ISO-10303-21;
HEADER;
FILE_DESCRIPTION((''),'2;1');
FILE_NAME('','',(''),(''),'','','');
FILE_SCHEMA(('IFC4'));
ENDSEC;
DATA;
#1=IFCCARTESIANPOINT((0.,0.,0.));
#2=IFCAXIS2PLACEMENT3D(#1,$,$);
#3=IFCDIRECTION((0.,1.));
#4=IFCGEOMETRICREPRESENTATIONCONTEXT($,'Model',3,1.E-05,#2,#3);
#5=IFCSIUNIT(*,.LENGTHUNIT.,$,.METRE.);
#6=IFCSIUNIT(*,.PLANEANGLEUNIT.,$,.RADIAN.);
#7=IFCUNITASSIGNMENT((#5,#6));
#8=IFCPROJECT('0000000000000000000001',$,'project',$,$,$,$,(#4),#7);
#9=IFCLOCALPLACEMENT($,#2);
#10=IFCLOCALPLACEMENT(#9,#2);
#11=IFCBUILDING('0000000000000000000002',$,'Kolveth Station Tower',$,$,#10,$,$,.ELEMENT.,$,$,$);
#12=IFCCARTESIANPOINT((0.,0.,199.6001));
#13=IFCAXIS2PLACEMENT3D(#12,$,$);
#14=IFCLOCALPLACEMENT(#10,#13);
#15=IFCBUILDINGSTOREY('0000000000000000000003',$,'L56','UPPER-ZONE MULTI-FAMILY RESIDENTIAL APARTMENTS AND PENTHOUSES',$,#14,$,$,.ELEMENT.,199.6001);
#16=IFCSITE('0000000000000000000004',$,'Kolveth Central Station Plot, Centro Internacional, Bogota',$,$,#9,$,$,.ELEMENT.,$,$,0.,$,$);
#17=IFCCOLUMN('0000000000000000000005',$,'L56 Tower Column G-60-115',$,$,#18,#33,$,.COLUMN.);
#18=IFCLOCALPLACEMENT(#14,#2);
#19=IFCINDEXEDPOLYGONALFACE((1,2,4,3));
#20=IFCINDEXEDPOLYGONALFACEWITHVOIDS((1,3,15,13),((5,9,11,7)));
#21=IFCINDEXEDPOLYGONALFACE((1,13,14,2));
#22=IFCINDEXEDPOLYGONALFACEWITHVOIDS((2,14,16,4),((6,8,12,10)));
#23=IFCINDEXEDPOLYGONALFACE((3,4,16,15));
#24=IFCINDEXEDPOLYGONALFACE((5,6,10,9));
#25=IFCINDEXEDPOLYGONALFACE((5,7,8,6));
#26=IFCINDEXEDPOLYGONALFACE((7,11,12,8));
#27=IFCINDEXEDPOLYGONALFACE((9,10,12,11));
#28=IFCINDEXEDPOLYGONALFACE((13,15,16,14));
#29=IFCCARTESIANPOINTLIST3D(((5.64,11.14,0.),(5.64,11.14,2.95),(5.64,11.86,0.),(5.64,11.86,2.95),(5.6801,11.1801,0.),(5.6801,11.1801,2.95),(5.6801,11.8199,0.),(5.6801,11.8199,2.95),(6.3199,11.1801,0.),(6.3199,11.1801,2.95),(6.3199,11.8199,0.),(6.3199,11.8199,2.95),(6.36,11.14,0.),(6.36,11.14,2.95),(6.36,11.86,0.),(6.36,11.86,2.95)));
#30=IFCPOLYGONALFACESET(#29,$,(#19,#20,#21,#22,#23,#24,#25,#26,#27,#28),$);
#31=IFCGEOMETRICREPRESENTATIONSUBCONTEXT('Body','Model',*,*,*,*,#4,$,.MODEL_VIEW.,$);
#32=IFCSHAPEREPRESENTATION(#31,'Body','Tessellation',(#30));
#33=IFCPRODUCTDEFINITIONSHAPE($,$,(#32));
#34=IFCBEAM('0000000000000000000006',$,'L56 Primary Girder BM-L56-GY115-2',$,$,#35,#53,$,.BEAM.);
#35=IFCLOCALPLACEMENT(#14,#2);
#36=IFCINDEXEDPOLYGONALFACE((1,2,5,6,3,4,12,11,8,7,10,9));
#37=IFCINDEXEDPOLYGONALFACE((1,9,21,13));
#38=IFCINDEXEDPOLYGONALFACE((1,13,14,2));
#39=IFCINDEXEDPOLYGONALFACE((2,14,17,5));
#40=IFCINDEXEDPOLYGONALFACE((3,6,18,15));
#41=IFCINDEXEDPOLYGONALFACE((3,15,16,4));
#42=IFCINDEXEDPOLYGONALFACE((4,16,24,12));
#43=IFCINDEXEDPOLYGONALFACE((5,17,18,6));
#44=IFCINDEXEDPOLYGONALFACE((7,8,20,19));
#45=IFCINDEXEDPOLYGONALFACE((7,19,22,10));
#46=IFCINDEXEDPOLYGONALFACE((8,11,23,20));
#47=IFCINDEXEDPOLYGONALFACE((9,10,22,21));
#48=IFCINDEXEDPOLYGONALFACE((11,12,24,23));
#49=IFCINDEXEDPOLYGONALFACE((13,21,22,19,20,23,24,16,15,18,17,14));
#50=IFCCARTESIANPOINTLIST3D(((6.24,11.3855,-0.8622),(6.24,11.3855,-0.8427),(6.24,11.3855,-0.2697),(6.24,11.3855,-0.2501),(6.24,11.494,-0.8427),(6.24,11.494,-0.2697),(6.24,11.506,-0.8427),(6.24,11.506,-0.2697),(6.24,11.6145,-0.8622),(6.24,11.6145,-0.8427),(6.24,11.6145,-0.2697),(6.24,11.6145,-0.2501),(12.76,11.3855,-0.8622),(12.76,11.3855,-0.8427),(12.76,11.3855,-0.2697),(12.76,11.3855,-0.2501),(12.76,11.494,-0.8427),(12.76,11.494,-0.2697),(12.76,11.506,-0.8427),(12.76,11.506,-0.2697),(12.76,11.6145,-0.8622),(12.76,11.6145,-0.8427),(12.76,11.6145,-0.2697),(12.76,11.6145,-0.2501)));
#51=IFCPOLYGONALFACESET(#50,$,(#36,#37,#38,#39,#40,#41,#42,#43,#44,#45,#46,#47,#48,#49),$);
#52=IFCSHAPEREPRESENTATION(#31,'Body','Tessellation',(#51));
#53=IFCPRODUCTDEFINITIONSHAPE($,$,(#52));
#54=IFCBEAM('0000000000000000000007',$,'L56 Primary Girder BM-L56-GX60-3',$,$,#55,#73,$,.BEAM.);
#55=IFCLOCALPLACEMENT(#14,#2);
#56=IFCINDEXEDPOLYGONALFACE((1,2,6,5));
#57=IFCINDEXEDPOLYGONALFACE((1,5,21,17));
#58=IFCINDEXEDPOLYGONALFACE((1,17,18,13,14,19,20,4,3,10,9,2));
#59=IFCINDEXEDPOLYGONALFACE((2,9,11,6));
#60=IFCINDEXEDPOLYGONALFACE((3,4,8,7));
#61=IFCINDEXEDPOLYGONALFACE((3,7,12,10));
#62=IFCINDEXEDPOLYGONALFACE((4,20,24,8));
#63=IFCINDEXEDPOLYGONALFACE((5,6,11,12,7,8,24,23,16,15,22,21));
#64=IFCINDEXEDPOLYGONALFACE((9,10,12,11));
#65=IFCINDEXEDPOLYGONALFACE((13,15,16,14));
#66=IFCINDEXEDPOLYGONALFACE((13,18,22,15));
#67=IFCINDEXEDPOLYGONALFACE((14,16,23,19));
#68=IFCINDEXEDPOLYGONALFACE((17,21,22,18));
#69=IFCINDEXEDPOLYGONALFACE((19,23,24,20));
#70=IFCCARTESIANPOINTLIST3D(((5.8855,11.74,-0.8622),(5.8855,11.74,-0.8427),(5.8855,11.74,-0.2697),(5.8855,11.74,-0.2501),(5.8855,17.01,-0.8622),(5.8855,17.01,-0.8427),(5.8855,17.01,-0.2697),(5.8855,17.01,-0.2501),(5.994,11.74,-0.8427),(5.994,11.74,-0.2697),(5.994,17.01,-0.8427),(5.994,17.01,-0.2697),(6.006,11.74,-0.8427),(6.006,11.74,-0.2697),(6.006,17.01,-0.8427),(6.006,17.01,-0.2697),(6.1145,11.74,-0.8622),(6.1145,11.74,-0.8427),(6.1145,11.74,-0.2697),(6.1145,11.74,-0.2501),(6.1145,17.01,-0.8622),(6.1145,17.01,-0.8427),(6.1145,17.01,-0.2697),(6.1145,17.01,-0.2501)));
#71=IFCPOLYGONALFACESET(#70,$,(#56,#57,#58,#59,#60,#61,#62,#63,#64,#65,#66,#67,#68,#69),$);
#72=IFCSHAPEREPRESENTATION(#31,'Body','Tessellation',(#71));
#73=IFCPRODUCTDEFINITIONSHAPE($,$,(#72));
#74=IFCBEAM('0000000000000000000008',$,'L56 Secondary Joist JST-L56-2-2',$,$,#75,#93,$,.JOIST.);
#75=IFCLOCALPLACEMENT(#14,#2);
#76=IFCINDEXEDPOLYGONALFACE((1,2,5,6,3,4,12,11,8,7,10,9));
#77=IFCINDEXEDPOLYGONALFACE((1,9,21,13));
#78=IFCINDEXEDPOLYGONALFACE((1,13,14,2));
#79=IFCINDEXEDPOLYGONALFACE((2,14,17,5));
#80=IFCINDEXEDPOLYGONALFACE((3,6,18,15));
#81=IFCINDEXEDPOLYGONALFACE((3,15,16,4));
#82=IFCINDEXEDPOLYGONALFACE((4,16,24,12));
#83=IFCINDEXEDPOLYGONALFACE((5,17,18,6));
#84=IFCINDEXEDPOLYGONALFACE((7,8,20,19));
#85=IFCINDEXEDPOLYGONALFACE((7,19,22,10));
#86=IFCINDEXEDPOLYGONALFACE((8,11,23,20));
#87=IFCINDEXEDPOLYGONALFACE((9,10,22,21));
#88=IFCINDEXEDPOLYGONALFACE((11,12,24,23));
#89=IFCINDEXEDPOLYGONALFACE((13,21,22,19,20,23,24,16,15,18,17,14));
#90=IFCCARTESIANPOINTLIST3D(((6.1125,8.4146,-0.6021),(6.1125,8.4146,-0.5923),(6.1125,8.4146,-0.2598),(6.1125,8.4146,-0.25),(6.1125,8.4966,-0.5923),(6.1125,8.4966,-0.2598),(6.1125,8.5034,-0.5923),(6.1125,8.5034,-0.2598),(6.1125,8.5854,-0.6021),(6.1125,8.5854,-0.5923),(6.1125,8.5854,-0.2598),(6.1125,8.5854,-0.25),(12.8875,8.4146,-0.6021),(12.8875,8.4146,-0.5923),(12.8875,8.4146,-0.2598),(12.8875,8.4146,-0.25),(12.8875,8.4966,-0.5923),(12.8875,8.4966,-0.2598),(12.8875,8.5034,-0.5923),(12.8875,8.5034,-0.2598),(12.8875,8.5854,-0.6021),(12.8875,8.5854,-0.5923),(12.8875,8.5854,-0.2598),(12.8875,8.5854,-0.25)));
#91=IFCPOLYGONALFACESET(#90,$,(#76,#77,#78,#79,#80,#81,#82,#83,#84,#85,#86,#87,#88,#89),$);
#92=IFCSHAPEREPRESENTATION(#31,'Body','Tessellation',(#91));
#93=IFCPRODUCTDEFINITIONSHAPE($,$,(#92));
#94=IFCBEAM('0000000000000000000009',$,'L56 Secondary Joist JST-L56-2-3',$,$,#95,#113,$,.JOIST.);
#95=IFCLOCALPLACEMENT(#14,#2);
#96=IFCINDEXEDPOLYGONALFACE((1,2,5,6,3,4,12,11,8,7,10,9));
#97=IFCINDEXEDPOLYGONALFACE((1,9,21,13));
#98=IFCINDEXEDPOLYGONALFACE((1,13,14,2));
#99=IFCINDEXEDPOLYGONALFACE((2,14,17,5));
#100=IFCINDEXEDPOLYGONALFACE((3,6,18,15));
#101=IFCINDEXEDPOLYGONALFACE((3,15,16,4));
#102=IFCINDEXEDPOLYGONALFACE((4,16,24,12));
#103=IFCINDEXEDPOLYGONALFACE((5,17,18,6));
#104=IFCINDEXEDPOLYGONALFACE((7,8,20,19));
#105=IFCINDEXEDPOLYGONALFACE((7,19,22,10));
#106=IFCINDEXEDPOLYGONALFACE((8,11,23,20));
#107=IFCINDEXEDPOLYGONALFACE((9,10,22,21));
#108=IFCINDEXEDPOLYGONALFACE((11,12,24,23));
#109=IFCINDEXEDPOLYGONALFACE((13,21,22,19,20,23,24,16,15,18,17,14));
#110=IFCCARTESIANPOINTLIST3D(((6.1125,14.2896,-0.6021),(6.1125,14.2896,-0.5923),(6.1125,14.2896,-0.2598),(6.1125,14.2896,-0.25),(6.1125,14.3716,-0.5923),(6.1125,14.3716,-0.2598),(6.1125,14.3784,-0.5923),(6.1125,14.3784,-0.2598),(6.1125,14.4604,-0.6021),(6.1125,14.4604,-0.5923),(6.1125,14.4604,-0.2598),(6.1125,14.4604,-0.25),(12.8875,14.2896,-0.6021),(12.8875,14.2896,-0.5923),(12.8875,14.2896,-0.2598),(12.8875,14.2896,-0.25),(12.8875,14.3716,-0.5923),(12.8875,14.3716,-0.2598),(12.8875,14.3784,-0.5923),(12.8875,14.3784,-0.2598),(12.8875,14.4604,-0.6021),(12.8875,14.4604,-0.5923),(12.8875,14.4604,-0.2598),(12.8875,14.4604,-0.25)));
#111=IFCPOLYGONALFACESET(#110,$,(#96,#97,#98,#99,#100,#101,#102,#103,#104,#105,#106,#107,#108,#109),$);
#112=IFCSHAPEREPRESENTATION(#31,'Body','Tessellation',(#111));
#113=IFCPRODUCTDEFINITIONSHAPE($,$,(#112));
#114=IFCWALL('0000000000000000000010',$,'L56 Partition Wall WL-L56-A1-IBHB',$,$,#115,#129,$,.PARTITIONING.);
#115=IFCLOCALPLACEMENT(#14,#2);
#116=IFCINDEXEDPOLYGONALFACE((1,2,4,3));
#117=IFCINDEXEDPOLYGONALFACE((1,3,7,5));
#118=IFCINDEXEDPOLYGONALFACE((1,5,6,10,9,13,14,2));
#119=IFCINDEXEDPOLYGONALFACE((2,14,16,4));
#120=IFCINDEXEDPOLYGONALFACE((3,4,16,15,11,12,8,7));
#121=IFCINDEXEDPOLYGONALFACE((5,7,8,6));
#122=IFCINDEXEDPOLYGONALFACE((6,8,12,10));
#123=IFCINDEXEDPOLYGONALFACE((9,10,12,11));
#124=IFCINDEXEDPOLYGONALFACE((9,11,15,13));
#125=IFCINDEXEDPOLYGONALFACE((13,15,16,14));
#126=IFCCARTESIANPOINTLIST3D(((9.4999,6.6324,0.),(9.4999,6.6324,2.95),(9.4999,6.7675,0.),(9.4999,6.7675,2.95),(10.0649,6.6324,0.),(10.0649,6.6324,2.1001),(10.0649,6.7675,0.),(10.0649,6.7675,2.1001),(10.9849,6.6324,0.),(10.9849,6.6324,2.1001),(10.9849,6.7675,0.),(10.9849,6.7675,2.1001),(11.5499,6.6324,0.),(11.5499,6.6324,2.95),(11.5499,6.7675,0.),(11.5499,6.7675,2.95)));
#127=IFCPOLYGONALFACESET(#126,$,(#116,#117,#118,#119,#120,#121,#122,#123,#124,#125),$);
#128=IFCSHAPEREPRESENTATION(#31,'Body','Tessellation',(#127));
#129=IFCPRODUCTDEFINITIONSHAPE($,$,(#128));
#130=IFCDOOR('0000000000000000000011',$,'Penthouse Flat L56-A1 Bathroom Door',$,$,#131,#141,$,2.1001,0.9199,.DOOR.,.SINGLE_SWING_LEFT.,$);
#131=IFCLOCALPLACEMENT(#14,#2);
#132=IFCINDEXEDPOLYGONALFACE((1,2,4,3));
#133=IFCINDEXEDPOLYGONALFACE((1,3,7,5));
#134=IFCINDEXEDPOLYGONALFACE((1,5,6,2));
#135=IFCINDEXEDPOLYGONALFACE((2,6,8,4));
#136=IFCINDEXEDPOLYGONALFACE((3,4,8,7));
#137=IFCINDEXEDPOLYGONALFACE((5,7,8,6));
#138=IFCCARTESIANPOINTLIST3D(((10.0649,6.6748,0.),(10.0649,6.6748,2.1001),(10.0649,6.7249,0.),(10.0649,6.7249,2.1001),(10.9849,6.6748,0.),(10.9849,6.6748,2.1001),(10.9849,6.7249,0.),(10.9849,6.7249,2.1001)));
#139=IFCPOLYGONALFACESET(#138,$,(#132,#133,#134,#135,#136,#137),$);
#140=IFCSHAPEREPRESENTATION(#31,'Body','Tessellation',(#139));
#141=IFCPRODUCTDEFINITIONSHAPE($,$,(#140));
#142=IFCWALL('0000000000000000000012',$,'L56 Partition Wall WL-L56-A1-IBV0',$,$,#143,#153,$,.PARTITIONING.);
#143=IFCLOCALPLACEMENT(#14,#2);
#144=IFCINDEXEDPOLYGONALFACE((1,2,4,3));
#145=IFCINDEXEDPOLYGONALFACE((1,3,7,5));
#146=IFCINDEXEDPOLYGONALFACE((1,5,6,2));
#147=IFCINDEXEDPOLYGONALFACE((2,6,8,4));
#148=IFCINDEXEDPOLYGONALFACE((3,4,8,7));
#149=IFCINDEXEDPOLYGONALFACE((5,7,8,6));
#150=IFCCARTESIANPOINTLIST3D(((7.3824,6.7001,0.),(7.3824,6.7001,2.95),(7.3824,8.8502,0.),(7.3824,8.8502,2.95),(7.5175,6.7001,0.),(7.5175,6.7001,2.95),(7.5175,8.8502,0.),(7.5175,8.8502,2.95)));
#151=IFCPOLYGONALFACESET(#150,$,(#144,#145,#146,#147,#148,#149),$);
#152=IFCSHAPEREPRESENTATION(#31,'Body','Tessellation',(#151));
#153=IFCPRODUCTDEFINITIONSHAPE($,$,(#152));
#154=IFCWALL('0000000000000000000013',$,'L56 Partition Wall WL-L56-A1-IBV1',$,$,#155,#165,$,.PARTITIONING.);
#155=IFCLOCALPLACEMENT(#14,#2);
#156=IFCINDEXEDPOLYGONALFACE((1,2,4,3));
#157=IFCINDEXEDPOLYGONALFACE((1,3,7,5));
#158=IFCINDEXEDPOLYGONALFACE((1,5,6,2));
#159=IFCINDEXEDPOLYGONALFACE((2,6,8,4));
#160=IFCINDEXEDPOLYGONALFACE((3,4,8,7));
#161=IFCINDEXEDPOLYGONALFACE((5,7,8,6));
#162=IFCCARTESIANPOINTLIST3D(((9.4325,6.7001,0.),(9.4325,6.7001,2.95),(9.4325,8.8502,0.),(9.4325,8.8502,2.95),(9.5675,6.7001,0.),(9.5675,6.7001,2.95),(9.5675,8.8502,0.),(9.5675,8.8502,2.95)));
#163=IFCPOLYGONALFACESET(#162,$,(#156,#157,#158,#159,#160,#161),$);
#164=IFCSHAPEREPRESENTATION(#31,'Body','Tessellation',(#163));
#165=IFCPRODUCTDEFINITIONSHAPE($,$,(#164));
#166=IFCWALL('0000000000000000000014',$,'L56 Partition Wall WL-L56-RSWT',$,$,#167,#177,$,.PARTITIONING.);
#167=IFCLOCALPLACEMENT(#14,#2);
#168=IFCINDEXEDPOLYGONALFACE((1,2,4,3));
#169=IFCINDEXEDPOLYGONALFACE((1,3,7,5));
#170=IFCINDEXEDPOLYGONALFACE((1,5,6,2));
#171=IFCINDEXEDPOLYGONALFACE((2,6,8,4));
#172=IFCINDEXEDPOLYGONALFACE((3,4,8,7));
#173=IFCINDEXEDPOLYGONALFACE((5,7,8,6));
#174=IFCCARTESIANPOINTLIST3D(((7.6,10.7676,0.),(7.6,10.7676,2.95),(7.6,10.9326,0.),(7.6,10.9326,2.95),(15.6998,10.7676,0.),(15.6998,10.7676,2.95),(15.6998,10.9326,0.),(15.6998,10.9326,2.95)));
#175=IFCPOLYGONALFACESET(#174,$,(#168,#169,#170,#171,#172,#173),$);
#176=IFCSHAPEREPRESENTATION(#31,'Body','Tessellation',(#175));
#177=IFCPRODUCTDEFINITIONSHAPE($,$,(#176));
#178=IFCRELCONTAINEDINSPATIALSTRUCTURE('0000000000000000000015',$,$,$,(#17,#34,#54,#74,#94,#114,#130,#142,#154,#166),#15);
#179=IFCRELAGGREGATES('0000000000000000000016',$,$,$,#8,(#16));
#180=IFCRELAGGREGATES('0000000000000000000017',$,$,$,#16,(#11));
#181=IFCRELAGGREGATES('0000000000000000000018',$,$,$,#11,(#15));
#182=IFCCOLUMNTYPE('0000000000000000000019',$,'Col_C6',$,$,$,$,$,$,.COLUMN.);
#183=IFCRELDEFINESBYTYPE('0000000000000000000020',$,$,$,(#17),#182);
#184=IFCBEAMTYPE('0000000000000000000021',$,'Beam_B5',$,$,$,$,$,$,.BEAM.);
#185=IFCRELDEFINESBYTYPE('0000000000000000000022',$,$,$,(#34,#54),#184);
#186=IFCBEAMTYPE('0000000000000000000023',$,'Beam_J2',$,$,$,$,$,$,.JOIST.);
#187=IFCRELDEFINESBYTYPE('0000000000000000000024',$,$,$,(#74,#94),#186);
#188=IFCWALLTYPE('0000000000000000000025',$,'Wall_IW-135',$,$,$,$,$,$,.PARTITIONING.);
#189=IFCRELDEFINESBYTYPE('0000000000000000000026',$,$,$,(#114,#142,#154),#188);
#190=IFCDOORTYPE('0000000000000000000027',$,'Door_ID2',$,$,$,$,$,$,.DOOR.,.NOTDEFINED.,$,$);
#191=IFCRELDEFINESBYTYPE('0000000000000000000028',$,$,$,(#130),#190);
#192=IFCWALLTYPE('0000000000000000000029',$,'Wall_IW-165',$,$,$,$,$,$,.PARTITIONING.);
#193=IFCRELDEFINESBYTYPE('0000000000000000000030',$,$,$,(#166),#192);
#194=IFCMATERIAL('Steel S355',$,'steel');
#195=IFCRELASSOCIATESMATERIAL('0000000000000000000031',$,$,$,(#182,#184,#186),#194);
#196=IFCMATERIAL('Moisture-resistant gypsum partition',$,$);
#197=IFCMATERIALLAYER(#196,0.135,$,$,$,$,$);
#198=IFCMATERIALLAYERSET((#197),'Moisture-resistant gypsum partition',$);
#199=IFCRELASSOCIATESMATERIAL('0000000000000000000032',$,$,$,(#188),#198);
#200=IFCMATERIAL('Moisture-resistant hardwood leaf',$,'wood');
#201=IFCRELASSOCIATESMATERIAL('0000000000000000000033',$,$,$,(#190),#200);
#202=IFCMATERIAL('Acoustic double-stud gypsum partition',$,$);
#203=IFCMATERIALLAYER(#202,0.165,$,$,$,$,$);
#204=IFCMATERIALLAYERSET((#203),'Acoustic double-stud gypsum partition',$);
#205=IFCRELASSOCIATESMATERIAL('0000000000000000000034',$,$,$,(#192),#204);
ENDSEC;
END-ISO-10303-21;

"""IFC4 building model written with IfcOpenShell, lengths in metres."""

from ifc_helpers import new_model, si_unit, direction, frame, frame_2d, origin, origin_2d, place, context, subcontext, project, spatial, rectangle, hollow_rectangle, i_section, extrude, source, transform, mapped, material, layer, layer_set, material_profile, profile_set, type_object, element, fill, save


model = new_model("IFC4")

# Units and contexts
model_context = context("Model", 3, precision=1e-05, world=origin(), true_north=direction((0.0, 1.0)))
body_context = subcontext(model_context, "Body", "Model", "MODEL_VIEW")
ifc_project = project(units=[si_unit("LENGTHUNIT", "METRE"), si_unit("PLANEANGLEUNIT", "RADIAN")], contexts=[model_context])

# Site, building, storey
site_placement = place(None, origin())
site = spatial("IfcSite", under=ifc_project, at=site_placement, Name="Kolveth Central Station Plot, Centro Internacional, Bogota", CompositionType="ELEMENT", RefElevation=0.0)
building_placement = place(site_placement, origin())
building = spatial("IfcBuilding", under=site, at=building_placement, Name="Kolveth Station Tower", CompositionType="ELEMENT")
storey_placement = place(building_placement, frame((0.0, 0.0, 199.6001)))
storey = spatial("IfcBuildingStorey", under=building, at=storey_placement, Name="L56", Description="UPPER-ZONE MULTI-FAMILY RESIDENTIAL APARTMENTS AND PENTHOUSES", CompositionType="ELEMENT", Elevation=199.6001)

# Column
ifc_material_1 = material(Name="Steel S355", Category="steel")
ifc_material_profile_1 = material_profile(ifc_material_1, hollow_rectangle(XDim=0.72, YDim=0.72, WallThickness=0.04, at=origin_2d()), Name="BOX720x720x40")
ifc_profile_set_1 = profile_set([ifc_material_profile_1], Name="Steel S355")
column_type = type_object("IfcColumnType", Name="Col_C6", PredefinedType="COLUMN", material=ifc_profile_set_1)
shared_shape_1 = source(origin(), body_context, "Body", "SweptSolid", [
    extrude(hollow_rectangle(XDim=0.72, YDim=0.72, WallThickness=0.04, at=origin_2d()), origin(), (0.0, 0.0, 1.0), 2.95),
])
column_placement = place(storey_placement, frame((6.0, 11.5, 0.0), z_axis=(0.0, 0.0, 1.0), x_axis=(1.0, 0.0, 0.0)))
element("IfcColumn", 1, at=column_placement, inside=storey, type_object=column_type, Name="L56 Tower Column G-60-115", PredefinedType="COLUMN", context=body_context, shape_type="MappedRepresentation", body=[
    mapped(shared_shape_1, transform((0.0, 0.0, 0.0), x_axis=(1.0, 0.0, 0.0), y_axis=(0.0, 1.0, 0.0), z_axis=(0.0, 0.0, 1.0), scale=1.0)),
])

# Beams
ifc_material_profile_2 = material_profile(ifc_material_1, i_section(OverallWidth=0.229, OverallDepth=0.6121, WebThickness=0.012, FlangeThickness=0.0195, at=origin_2d()), Name="W610x125")
ifc_profile_set_2 = profile_set([ifc_material_profile_2], Name="Steel S355")
beam_type_1 = type_object("IfcBeamType", Name="Beam_B5", PredefinedType="BEAM", material=ifc_profile_set_2)
shared_shape_2 = source(origin(), body_context, "Body", "SweptSolid", [
    extrude(i_section(OverallWidth=0.229, OverallDepth=0.6121, WebThickness=0.012, FlangeThickness=0.0195, at=origin_2d()), origin(), (0.0, 0.0, 1.0), 6.52),
])
beam_1_placement = place(storey_placement, frame((6.24, 11.5, -0.5562), z_axis=(1.0, 0.0, 0.0), x_axis=(0.0, 1.0, 0.0)))
element("IfcBeam", 2, at=beam_1_placement, inside=storey, type_object=beam_type_1, Name="L56 Primary Girder BM-L56-GY115-2", PredefinedType="BEAM", context=body_context, shape_type="MappedRepresentation", body=[
    mapped(shared_shape_2, transform((0.0, 0.0, 0.0), x_axis=(1.0, 0.0, 0.0), y_axis=(0.0, 1.0, 0.0), z_axis=(0.0, 0.0, 1.0), scale=1.0)),
])
shared_shape_3 = source(origin(), body_context, "Body", "SweptSolid", [
    extrude(i_section(OverallWidth=0.229, OverallDepth=0.6121, WebThickness=0.012, FlangeThickness=0.0195, at=origin_2d()), origin(), (0.0, 0.0, 1.0), 5.27),
])
beam_2_placement = place(storey_placement, frame((6.0, 11.74, -0.5562), z_axis=(0.0, 1.0, 0.0), x_axis=(-1.0, 0.0, 0.0)))
element("IfcBeam", 3, at=beam_2_placement, inside=storey, type_object=beam_type_1, Name="L56 Primary Girder BM-L56-GX60-3", PredefinedType="BEAM", context=body_context, shape_type="MappedRepresentation", body=[
    mapped(shared_shape_3, transform((0.0, 0.0, 0.0), x_axis=(1.0, 0.0, 0.0), y_axis=(0.0, 1.0, 0.0), z_axis=(0.0, 0.0, 1.0), scale=1.0)),
])
ifc_material_profile_3 = material_profile(ifc_material_1, i_section(OverallWidth=0.1709, OverallDepth=0.3521, WebThickness=0.0068, FlangeThickness=0.0098, at=origin_2d()), Name="W360x44")
ifc_profile_set_3 = profile_set([ifc_material_profile_3], Name="Steel S355")
beam_type_2 = type_object("IfcBeamType", Name="Beam_J2", PredefinedType="JOIST", material=ifc_profile_set_3)
shared_shape_4 = source(origin(), body_context, "Body", "SweptSolid", [
    extrude(i_section(OverallWidth=0.1709, OverallDepth=0.3521, WebThickness=0.0068, FlangeThickness=0.0098, at=origin_2d()), origin(), (0.0, 0.0, 1.0), 6.7749),
])
for number, where, z_axis, x_axis, name in (
    (4, (6.1125, 8.5, -0.426), (1.0, 0.0, 0.0), (0.0, 1.0, 0.0), "L56 Secondary Joist JST-L56-2-2"),
    (5, (6.1125, 14.375, -0.426), (1.0, 0.0, 0.0), (0.0, 1.0, 0.0), "L56 Secondary Joist JST-L56-2-3"),
):
    element("IfcBeam", number, at=place(storey_placement, frame(where, z_axis=z_axis, x_axis=x_axis)), inside=storey, type_object=beam_type_2, Name=name, PredefinedType="JOIST", context=body_context, shape_type="MappedRepresentation", body=[
        mapped(shared_shape_4, transform((0.0, 0.0, 0.0), x_axis=(1.0, 0.0, 0.0), y_axis=(0.0, 1.0, 0.0), z_axis=(0.0, 0.0, 1.0), scale=1.0)),
    ])

# Wall, opening, door
ifc_material_2 = material(Name="Moisture-resistant gypsum partition")
ifc_layer_1 = layer(ifc_material_2, 0.135)
ifc_layer_set_1 = layer_set([ifc_layer_1], Name="Moisture-resistant gypsum partition")
wall_type_1 = type_object("IfcWallType", Name="Wall_IW-135", PredefinedType="PARTITIONING", material=ifc_layer_set_1)
wall_1_placement = place(storey_placement, frame((9.5, 6.7, 0.0), z_axis=(0.0, 0.0, 1.0), x_axis=(1.0, 0.0, 0.0)))
wall_1 = element("IfcWall", 6, at=wall_1_placement, inside=storey, type_object=wall_type_1, Name="L56 Partition Wall WL-L56-A1-IBHB", PredefinedType="PARTITIONING", context=body_context, shape_type="SweptSolid", body=[
    extrude(rectangle(XDim=2.05, YDim=0.135, at=frame_2d((1.0249, 0.0))), origin(), (0.0, 0.0, 1.0), 2.95),
])
opening_1_placement = place(wall_1_placement, frame((0.5649, 0.0, 0.0)))
opening_1 = element("IfcOpeningElement", 7, at=opening_1_placement, cuts=wall_1, PredefinedType="OPENING", context=body_context, shape_type="SweptSolid", body=[
    extrude(rectangle(XDim=0.9199, YDim=2.1001, at=frame_2d((0.46, 1.05))), frame((0.0, 0.0774, 0.0), z_axis=(0.0, -1.0, 0.0), x_axis=(1.0, 0.0, 0.0)), (0.0, 0.0, 1.0), 0.155),
])
ifc_material_3 = material(Name="Moisture-resistant hardwood leaf", Category="wood")
door_type_1 = type_object("IfcDoorType", Name="Door_ID2", OperationType="NOTDEFINED", PredefinedType="DOOR", material=ifc_material_3)
door_1_placement = place(opening_1_placement, origin())
door_1 = element("IfcDoor", 8, at=door_1_placement, inside=storey, type_object=door_type_1, Name="Penthouse Flat L56-A1 Bathroom Door", OperationType="SINGLE_SWING_LEFT", OverallHeight=2.1001, OverallWidth=0.9199, PredefinedType="DOOR", context=body_context, shape_type="SweptSolid", body=[
    extrude(rectangle(XDim=0.9199, YDim=2.1001, at=frame_2d((0.46, 1.05))), frame((0.0, 0.0249, 0.0), z_axis=(0.0, -1.0, 0.0), x_axis=(1.0, 0.0, 0.0)), (0.0, 0.0, 1.0), 0.05),
])
fill(opening_1, door_1)

# Walls
for number, where, z_axis, x_axis, name in (
    (9, (7.45, 6.7, 0.0), (0.0, 0.0, 1.0), (0.0, 1.0, 0.0), "L56 Partition Wall WL-L56-A1-IBV0"),
    (10, (9.5, 6.7, 0.0), (0.0, 0.0, 1.0), (0.0, 1.0, 0.0), "L56 Partition Wall WL-L56-A1-IBV1"),
):
    element("IfcWall", number, at=place(storey_placement, frame(where, z_axis=z_axis, x_axis=x_axis)), inside=storey, type_object=wall_type_1, Name=name, PredefinedType="PARTITIONING", context=body_context, shape_type="SweptSolid", body=[
        extrude(rectangle(XDim=2.1501, YDim=0.135, at=frame_2d((1.0752, 0.0))), origin(), (0.0, 0.0, 1.0), 2.95),
    ])
ifc_material_4 = material(Name="Acoustic double-stud gypsum partition")
ifc_layer_2 = layer(ifc_material_4, 0.165)
ifc_layer_set_2 = layer_set([ifc_layer_2], Name="Acoustic double-stud gypsum partition")
wall_type_2 = type_object("IfcWallType", Name="Wall_IW-165", PredefinedType="PARTITIONING", material=ifc_layer_set_2)
wall_2_placement = place(storey_placement, frame((7.6001, 10.8501, 0.0), z_axis=(0.0, 0.0, 1.0), x_axis=(1.0, 0.0, 0.0)))
element("IfcWall", 11, at=wall_2_placement, inside=storey, type_object=wall_type_2, Name="L56 Partition Wall WL-L56-RSWT", PredefinedType="PARTITIONING", context=body_context, shape_type="SweptSolid", body=[
    extrude(rectangle(XDim=8.0999, YDim=0.165, at=frame_2d((4.0498, 0.0))), origin(), (0.0, 0.0, 1.0), 2.95),
])

save(model, "model.ifc")
